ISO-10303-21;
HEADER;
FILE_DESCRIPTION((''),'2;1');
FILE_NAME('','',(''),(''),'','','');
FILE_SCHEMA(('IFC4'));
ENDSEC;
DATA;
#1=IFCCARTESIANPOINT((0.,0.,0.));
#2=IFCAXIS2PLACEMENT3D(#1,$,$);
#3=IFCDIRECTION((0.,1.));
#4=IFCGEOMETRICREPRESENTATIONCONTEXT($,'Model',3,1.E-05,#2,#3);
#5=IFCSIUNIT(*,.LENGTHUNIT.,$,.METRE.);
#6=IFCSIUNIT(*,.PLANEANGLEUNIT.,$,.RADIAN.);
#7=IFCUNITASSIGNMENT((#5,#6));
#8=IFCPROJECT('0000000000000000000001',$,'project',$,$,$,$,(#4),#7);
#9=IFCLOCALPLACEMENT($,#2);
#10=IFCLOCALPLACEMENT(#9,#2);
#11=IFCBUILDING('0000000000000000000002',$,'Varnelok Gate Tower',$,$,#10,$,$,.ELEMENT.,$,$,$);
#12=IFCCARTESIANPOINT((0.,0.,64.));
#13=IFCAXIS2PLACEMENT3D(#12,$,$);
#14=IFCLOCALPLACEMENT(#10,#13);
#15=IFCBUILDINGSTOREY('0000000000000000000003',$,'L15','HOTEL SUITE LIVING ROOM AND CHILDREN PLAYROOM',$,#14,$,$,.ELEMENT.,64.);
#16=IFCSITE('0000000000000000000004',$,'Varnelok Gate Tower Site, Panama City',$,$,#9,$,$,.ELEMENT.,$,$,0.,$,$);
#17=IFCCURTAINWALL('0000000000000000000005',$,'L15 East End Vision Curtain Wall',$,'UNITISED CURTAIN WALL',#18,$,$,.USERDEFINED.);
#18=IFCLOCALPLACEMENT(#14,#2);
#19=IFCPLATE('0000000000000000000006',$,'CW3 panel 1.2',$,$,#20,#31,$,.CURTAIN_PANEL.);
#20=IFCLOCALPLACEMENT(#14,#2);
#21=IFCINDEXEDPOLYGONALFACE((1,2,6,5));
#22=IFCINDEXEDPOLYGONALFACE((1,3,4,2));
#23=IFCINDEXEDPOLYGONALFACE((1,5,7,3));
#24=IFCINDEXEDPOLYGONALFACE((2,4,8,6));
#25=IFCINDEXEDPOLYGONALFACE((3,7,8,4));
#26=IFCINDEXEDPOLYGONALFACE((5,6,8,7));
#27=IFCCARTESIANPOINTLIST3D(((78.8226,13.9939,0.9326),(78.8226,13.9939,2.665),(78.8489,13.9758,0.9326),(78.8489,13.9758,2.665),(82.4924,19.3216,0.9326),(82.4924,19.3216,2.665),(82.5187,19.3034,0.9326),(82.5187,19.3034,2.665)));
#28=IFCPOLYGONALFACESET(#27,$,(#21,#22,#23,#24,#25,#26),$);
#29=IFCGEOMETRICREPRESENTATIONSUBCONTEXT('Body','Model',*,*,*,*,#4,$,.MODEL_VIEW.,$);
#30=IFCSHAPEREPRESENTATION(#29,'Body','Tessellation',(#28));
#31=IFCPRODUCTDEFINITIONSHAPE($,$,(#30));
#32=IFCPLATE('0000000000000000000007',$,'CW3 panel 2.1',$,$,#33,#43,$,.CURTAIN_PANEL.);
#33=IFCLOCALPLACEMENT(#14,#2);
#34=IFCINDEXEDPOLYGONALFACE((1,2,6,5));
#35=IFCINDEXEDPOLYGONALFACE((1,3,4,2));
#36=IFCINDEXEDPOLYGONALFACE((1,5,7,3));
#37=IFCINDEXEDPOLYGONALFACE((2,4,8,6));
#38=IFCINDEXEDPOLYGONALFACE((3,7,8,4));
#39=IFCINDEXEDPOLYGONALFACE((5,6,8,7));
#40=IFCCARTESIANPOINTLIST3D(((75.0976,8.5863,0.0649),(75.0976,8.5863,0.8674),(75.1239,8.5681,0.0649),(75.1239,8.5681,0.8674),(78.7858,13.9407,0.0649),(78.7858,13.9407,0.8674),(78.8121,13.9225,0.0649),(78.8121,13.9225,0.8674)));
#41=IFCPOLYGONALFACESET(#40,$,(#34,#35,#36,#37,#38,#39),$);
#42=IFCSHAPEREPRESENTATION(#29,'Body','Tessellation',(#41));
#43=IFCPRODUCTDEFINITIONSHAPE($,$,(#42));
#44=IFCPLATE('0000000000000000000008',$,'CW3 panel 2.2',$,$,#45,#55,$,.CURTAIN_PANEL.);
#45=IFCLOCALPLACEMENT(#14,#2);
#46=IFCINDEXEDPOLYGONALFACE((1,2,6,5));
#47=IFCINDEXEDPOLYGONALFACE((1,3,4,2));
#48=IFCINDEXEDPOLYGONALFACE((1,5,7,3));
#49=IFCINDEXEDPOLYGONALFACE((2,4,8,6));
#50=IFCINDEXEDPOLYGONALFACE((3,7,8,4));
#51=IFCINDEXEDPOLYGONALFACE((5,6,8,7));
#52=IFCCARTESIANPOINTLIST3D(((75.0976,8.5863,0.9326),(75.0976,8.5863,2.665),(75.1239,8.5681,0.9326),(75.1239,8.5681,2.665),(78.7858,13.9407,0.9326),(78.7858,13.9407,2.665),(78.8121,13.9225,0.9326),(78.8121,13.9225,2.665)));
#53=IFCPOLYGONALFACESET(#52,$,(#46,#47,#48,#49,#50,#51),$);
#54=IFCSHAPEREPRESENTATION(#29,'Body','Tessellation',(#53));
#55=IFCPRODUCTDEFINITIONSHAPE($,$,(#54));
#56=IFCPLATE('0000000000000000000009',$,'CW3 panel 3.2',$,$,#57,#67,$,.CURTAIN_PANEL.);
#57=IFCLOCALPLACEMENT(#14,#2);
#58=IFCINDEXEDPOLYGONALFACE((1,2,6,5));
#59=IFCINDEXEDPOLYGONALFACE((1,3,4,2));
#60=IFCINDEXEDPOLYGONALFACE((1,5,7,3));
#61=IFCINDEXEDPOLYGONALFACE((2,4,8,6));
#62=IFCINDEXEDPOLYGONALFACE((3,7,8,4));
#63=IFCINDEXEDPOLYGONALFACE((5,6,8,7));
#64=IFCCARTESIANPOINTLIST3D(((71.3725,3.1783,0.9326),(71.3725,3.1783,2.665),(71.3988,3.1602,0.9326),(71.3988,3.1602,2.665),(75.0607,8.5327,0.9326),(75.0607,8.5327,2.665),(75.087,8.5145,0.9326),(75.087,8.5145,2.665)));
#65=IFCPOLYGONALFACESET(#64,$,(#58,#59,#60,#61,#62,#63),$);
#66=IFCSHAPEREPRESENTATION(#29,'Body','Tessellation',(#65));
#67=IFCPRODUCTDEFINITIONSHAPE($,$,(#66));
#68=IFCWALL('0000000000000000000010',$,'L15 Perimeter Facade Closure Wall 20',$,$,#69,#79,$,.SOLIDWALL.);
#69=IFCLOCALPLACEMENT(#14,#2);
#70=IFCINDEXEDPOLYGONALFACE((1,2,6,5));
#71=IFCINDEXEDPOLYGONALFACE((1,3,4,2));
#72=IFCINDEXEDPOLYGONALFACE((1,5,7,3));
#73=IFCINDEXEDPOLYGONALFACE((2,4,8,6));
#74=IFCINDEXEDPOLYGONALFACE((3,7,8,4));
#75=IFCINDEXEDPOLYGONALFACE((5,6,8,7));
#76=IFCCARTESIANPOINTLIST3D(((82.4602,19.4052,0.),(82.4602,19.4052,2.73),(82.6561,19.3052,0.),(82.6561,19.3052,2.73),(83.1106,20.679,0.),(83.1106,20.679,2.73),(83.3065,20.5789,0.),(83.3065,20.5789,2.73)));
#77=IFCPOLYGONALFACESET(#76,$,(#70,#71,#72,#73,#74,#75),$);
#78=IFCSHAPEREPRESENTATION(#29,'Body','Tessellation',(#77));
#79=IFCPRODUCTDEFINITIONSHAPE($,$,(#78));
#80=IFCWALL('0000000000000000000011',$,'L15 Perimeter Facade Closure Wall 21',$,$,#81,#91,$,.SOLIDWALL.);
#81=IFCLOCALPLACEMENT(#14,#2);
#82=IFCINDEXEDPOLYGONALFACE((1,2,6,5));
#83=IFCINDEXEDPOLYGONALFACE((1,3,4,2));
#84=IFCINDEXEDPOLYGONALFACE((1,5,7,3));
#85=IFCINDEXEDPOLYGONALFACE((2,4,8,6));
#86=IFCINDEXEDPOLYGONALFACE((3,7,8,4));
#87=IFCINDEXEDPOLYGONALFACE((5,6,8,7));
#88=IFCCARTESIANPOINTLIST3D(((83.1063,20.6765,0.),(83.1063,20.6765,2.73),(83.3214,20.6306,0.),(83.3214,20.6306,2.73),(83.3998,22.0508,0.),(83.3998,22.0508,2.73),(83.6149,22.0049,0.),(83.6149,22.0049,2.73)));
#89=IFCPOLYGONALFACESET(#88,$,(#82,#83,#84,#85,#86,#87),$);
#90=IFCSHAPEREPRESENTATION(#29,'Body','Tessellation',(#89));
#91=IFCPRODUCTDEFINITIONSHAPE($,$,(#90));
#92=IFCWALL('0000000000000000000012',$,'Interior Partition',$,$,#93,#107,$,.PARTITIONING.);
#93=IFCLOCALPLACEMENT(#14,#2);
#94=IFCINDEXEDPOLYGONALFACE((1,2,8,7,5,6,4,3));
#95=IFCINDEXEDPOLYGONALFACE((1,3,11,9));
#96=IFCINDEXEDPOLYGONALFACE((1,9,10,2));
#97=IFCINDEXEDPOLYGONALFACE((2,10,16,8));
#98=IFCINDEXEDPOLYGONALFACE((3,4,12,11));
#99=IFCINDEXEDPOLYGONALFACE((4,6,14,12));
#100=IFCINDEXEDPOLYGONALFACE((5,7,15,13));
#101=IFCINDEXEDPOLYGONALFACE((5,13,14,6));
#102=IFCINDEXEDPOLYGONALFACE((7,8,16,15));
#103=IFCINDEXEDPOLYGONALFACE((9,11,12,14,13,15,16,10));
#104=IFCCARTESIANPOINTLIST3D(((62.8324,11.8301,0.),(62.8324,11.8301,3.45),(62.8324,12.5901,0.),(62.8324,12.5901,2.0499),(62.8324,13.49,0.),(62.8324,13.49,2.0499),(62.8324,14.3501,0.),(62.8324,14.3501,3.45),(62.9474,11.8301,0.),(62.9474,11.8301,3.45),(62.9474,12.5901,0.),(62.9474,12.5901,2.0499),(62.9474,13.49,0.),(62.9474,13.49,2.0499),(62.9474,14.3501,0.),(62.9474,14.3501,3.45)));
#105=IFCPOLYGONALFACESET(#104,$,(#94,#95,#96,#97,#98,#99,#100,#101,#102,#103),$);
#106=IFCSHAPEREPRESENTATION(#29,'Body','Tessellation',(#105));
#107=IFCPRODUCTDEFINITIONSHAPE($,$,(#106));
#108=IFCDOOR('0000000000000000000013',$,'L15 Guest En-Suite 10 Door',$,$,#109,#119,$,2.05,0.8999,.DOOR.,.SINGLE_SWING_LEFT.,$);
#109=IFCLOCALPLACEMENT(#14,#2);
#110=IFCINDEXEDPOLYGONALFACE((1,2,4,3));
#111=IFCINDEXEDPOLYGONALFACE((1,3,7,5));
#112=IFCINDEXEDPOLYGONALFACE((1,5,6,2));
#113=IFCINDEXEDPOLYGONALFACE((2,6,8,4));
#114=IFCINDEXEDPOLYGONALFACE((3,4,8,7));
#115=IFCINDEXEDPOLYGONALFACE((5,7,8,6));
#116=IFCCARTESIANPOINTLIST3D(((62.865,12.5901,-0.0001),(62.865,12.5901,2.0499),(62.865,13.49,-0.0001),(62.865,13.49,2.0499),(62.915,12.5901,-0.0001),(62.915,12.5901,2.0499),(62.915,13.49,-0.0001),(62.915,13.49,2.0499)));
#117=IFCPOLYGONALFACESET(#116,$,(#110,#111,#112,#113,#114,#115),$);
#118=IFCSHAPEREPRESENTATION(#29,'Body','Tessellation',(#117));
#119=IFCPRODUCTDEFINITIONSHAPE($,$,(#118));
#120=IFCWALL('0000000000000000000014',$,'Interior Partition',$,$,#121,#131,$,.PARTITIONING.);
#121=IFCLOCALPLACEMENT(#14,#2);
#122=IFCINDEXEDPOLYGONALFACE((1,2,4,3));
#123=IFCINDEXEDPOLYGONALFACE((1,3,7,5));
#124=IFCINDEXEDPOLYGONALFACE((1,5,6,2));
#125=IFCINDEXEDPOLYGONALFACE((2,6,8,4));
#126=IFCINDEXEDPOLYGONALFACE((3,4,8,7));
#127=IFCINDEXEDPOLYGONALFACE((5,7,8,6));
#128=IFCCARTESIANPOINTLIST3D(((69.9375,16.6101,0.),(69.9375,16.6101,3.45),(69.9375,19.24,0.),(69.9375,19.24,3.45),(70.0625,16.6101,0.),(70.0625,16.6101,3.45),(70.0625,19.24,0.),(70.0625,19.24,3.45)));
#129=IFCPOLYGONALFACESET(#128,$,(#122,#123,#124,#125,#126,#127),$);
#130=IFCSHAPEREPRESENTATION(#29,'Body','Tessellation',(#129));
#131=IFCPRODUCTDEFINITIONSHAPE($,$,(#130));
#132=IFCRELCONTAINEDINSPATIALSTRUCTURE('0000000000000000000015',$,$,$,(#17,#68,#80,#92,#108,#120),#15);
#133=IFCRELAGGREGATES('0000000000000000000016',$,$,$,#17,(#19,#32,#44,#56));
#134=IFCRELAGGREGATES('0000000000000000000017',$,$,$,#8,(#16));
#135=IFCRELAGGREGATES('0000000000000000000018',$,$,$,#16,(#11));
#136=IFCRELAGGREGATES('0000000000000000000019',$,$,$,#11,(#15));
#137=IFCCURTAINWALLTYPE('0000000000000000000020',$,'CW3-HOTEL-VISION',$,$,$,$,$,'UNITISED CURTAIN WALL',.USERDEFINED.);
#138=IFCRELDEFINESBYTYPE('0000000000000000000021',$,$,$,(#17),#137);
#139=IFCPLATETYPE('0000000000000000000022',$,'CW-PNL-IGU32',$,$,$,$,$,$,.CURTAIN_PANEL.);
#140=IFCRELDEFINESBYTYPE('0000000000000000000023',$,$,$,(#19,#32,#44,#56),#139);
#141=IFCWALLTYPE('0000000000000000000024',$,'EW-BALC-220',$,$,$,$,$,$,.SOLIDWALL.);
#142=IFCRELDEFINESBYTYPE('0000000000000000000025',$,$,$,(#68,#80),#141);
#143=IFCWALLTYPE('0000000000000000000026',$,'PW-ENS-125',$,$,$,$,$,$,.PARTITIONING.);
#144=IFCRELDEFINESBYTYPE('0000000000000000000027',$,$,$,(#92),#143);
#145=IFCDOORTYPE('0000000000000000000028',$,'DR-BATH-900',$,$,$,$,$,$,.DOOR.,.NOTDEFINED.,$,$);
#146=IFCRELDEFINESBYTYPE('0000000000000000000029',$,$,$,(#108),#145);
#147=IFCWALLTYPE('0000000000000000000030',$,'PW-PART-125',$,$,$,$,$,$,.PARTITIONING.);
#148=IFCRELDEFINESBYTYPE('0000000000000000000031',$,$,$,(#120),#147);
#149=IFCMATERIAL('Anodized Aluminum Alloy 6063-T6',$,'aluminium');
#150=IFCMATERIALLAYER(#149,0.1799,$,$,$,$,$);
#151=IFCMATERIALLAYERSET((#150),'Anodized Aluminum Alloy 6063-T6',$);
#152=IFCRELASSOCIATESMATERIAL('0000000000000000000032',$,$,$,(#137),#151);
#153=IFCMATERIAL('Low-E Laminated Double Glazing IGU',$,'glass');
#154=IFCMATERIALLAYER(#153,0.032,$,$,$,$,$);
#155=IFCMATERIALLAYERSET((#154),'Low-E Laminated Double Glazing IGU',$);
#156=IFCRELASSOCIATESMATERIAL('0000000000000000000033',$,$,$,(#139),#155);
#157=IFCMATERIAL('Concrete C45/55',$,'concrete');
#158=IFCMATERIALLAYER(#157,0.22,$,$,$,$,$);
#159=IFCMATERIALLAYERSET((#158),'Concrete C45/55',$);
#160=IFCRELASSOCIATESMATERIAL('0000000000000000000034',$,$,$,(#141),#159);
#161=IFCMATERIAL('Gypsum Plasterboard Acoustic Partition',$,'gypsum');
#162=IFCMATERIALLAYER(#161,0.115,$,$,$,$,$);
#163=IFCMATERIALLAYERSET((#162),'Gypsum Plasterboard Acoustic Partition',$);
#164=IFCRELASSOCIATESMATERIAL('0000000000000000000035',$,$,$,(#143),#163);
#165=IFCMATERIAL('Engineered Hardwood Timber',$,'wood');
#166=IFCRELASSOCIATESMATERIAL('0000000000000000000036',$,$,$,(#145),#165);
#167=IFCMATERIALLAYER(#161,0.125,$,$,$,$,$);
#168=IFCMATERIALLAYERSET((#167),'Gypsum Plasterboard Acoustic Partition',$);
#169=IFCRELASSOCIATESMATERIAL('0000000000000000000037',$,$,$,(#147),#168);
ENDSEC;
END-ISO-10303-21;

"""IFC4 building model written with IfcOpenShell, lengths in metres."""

from ifc_helpers import new_model, si_unit, direction, frame, frame_2d, origin, origin_2d, place, context, subcontext, project, spatial, rectangle, extrude, source, transform, mapped, material, layer, layer_set, type_object, element, fill, aggregate, save


model = new_model("IFC4")

# Units and contexts
model_context = context("Model", 3, precision=1e-05, world=origin(), true_north=direction((0.0, 1.0)))
body_context = subcontext(model_context, "Body", "Model", "MODEL_VIEW")
ifc_project = project(units=[si_unit("LENGTHUNIT", "METRE"), si_unit("PLANEANGLEUNIT", "RADIAN")], contexts=[model_context])

# Site, building, storey
site_placement = place(None, origin())
site = spatial("IfcSite", under=ifc_project, at=site_placement, Name="Varnelok Gate Tower Site, Panama City", CompositionType="ELEMENT", RefElevation=0.0)
building_placement = place(site_placement, origin())
building = spatial("IfcBuilding", under=site, at=building_placement, Name="Varnelok Gate Tower", CompositionType="ELEMENT")
storey_placement = place(building_placement, frame((0.0, 0.0, 64.0)))
storey = spatial("IfcBuildingStorey", under=building, at=storey_placement, Name="L15", Description="HOTEL SUITE LIVING ROOM AND CHILDREN PLAYROOM", CompositionType="ELEMENT", Elevation=64.0)

# Curtain wall, plates
ifc_material_1 = material(Name="Anodized Aluminum Alloy 6063-T6", Category="aluminium")
ifc_layer_1 = layer(ifc_material_1, 0.1799)
ifc_layer_set_1 = layer_set([ifc_layer_1], Name="Anodized Aluminum Alloy 6063-T6")
curtain_wall_type = type_object("IfcCurtainWallType", Name="CW3-HOTEL-VISION", ElementType="UNITISED CURTAIN WALL", PredefinedType="USERDEFINED", material=ifc_layer_set_1)
curtain_wall_placement = place(storey_placement, origin())
curtain_wall = element("IfcCurtainWall", 1, at=curtain_wall_placement, inside=storey, type_object=curtain_wall_type, Name="L15 East End Vision Curtain Wall", ObjectType="UNITISED CURTAIN WALL", PredefinedType="USERDEFINED")
ifc_material_2 = material(Name="Low-E Laminated Double Glazing IGU", Category="glass")
ifc_layer_2 = layer(ifc_material_2, 0.032)
ifc_layer_set_2 = layer_set([ifc_layer_2], Name="Low-E Laminated Double Glazing IGU")
plate_type = type_object("IfcPlateType", Name="CW-PNL-IGU32", PredefinedType="CURTAIN_PANEL", material=ifc_layer_set_2)
shared_shape_1 = source(origin(), body_context, "Body", "SweptSolid", [
    extrude(rectangle(XDim=6.4692, YDim=0.032, at=origin_2d()), origin(), (0.0, 0.0, 1.0), 1.7324),
])
plate_1_placement = place(storey_placement, frame((80.6707, 16.6487, 0.9326), z_axis=(0.0, 0.0, 1.0), x_axis=(-0.567269, -0.823533, 0.0)))
plate_1 = element("IfcPlate", 2, at=plate_1_placement, type_object=plate_type, Name="CW3 panel 1.2", PredefinedType="CURTAIN_PANEL", context=body_context, shape_type="MappedRepresentation", body=[
    mapped(shared_shape_1, transform((0.0, 0.0, 0.0), scale=1.0)),
])
shared_shape_2 = source(origin(), body_context, "Body", "SweptSolid", [
    extrude(rectangle(XDim=6.5017, YDim=0.032, at=origin_2d()), origin(), (0.0, 0.0, 1.0), 0.8025),
])
plate_2_placement = place(storey_placement, frame((76.9548, 11.2544, 0.0649), z_axis=(0.0, 0.0, 1.0), x_axis=(-0.567269, -0.823533, 0.0)))
plate_2 = element("IfcPlate", 3, at=plate_2_placement, type_object=plate_type, Name="CW3 panel 2.1", PredefinedType="CURTAIN_PANEL", context=body_context, shape_type="MappedRepresentation", body=[
    mapped(shared_shape_2, transform((0.0, 0.0, 0.0), scale=1.0)),
])
shared_shape_3 = source(origin(), body_context, "Body", "SweptSolid", [
    extrude(rectangle(XDim=6.5017, YDim=0.032, at=origin_2d()), origin(), (0.0, 0.0, 1.0), 1.7324),
])
plate_3_placement = place(storey_placement, frame((76.9548, 11.2544, 0.9326), z_axis=(0.0, 0.0, 1.0), x_axis=(-0.567269, -0.823533, 0.0)))
plate_3 = element("IfcPlate", 4, at=plate_3_placement, type_object=plate_type, Name="CW3 panel 2.2", PredefinedType="CURTAIN_PANEL", context=body_context, shape_type="MappedRepresentation", body=[
    mapped(shared_shape_3, transform((0.0, 0.0, 0.0), scale=1.0)),
])
plate_4_placement = place(storey_placement, frame((73.2297, 5.8464, 0.9326), z_axis=(0.0, 0.0, 1.0), x_axis=(-0.567269, -0.823533, 0.0)))
plate_4 = element("IfcPlate", 5, at=plate_4_placement, type_object=plate_type, Name="CW3 panel 3.2", PredefinedType="CURTAIN_PANEL", context=body_context, shape_type="MappedRepresentation", body=[
    mapped(shared_shape_3, transform((0.0, 0.0, 0.0), scale=1.0)),
])
aggregate(curtain_wall, [plate_1, plate_2, plate_3, plate_4])

# Walls
ifc_material_3 = material(Name="Concrete C45/55", Category="concrete")
ifc_layer_3 = layer(ifc_material_3, 0.22)
ifc_layer_set_3 = layer_set([ifc_layer_3], Name="Concrete C45/55")
wall_type_1 = type_object("IfcWallType", Name="EW-BALC-220", PredefinedType="SOLIDWALL", material=ifc_layer_set_3)
wall_1_placement = place(storey_placement, frame((82.5581, 19.3552, 0.0), z_axis=(0.0, 0.0, 1.0), x_axis=(0.454777, 0.890605, 0.0)))
element("IfcWall", 6, at=wall_1_placement, inside=storey, type_object=wall_type_1, Name="L15 Perimeter Facade Closure Wall 20", PredefinedType="SOLIDWALL", context=body_context, shape_type="SweptSolid", body=[
    extrude(rectangle(XDim=1.4302, YDim=0.22, at=frame_2d((0.7151, 0.0))), origin(), (0.0, 0.0, 1.0), 2.73),
])
wall_2_placement = place(storey_placement, frame((83.2139, 20.6536, 0.0), z_axis=(0.0, 0.0, 1.0), x_axis=(0.208829, 0.977952, 0.0)))
element("IfcWall", 7, at=wall_2_placement, inside=storey, type_object=wall_type_1, Name="L15 Perimeter Facade Closure Wall 21", PredefinedType="SOLIDWALL", context=body_context, shape_type="SweptSolid", body=[
    extrude(rectangle(XDim=1.4053, YDim=0.22, at=frame_2d((0.7026, 0.0))), origin(), (0.0, 0.0, 1.0), 2.73),
])

# Wall, opening, door
ifc_material_4 = material(Name="Gypsum Plasterboard Acoustic Partition", Category="gypsum")
ifc_layer_4 = layer(ifc_material_4, 0.115)
ifc_layer_set_4 = layer_set([ifc_layer_4], Name="Gypsum Plasterboard Acoustic Partition")
wall_type_2 = type_object("IfcWallType", Name="PW-ENS-125", PredefinedType="PARTITIONING", material=ifc_layer_set_4)
wall_3_placement = place(storey_placement, frame((62.8899, 11.8301, 0.0), z_axis=(0.0, 0.0, 1.0), x_axis=(0.0, 1.0, 0.0)))
wall_3 = element("IfcWall", 8, at=wall_3_placement, inside=storey, type_object=wall_type_2, Name="Interior Partition", PredefinedType="PARTITIONING", context=body_context, shape_type="SweptSolid", body=[
    extrude(rectangle(XDim=2.52, YDim=0.115, at=frame_2d((1.26, 0.0))), origin(), (0.0, 0.0, 1.0), 3.45),
])
opening_placement = place(wall_3_placement, frame((0.76, 0.0, 0.0)))
opening = element("IfcOpeningElement", 9, at=opening_placement, cuts=wall_3, PredefinedType="OPENING", context=body_context, shape_type="SweptSolid", body=[
    extrude(rectangle(XDim=0.8999, YDim=2.05, at=frame_2d((0.45, 1.0249))), frame((0.0, 0.0674, 0.0), z_axis=(0.0, -1.0, 0.0), x_axis=(1.0, 0.0, 0.0)), (0.0, 0.0, 1.0), 0.135),
])
ifc_material_5 = material(Name="Engineered Hardwood Timber", Category="wood")
door_type = type_object("IfcDoorType", Name="DR-BATH-900", OperationType="NOTDEFINED", PredefinedType="DOOR", material=ifc_material_5)
door_placement = place(opening_placement, origin())
door = element("IfcDoor", 10, at=door_placement, inside=storey, type_object=door_type, Name="L15 Guest En-Suite 10 Door", OperationType="SINGLE_SWING_LEFT", OverallHeight=2.05, OverallWidth=0.8999, PredefinedType="DOOR", context=body_context, shape_type="SweptSolid", body=[
    extrude(rectangle(XDim=0.8999, YDim=2.05, at=frame_2d((0.45, 1.0249))), frame((0.0, 0.0249, 0.0), z_axis=(0.0, -1.0, 0.0), x_axis=(1.0, 0.0, 0.0)), (0.0, 0.0, 1.0), 0.05),
])
fill(opening, door)

# Wall
ifc_layer_5 = layer(ifc_material_4, 0.125)
ifc_layer_set_5 = layer_set([ifc_layer_5], Name="Gypsum Plasterboard Acoustic Partition")
wall_type_3 = type_object("IfcWallType", Name="PW-PART-125", PredefinedType="PARTITIONING", material=ifc_layer_set_5)
wall_4_placement = place(storey_placement, frame((70.0, 16.6101, 0.0), z_axis=(0.0, 0.0, 1.0), x_axis=(0.0, 1.0, 0.0)))
element("IfcWall", 11, at=wall_4_placement, inside=storey, type_object=wall_type_3, Name="Interior Partition", PredefinedType="PARTITIONING", context=body_context, shape_type="SweptSolid", body=[
    extrude(rectangle(XDim=2.6299, YDim=0.125, at=frame_2d((1.3149, 0.0))), origin(), (0.0, 0.0, 1.0), 3.45),
])

save(model, "model.ifc")
